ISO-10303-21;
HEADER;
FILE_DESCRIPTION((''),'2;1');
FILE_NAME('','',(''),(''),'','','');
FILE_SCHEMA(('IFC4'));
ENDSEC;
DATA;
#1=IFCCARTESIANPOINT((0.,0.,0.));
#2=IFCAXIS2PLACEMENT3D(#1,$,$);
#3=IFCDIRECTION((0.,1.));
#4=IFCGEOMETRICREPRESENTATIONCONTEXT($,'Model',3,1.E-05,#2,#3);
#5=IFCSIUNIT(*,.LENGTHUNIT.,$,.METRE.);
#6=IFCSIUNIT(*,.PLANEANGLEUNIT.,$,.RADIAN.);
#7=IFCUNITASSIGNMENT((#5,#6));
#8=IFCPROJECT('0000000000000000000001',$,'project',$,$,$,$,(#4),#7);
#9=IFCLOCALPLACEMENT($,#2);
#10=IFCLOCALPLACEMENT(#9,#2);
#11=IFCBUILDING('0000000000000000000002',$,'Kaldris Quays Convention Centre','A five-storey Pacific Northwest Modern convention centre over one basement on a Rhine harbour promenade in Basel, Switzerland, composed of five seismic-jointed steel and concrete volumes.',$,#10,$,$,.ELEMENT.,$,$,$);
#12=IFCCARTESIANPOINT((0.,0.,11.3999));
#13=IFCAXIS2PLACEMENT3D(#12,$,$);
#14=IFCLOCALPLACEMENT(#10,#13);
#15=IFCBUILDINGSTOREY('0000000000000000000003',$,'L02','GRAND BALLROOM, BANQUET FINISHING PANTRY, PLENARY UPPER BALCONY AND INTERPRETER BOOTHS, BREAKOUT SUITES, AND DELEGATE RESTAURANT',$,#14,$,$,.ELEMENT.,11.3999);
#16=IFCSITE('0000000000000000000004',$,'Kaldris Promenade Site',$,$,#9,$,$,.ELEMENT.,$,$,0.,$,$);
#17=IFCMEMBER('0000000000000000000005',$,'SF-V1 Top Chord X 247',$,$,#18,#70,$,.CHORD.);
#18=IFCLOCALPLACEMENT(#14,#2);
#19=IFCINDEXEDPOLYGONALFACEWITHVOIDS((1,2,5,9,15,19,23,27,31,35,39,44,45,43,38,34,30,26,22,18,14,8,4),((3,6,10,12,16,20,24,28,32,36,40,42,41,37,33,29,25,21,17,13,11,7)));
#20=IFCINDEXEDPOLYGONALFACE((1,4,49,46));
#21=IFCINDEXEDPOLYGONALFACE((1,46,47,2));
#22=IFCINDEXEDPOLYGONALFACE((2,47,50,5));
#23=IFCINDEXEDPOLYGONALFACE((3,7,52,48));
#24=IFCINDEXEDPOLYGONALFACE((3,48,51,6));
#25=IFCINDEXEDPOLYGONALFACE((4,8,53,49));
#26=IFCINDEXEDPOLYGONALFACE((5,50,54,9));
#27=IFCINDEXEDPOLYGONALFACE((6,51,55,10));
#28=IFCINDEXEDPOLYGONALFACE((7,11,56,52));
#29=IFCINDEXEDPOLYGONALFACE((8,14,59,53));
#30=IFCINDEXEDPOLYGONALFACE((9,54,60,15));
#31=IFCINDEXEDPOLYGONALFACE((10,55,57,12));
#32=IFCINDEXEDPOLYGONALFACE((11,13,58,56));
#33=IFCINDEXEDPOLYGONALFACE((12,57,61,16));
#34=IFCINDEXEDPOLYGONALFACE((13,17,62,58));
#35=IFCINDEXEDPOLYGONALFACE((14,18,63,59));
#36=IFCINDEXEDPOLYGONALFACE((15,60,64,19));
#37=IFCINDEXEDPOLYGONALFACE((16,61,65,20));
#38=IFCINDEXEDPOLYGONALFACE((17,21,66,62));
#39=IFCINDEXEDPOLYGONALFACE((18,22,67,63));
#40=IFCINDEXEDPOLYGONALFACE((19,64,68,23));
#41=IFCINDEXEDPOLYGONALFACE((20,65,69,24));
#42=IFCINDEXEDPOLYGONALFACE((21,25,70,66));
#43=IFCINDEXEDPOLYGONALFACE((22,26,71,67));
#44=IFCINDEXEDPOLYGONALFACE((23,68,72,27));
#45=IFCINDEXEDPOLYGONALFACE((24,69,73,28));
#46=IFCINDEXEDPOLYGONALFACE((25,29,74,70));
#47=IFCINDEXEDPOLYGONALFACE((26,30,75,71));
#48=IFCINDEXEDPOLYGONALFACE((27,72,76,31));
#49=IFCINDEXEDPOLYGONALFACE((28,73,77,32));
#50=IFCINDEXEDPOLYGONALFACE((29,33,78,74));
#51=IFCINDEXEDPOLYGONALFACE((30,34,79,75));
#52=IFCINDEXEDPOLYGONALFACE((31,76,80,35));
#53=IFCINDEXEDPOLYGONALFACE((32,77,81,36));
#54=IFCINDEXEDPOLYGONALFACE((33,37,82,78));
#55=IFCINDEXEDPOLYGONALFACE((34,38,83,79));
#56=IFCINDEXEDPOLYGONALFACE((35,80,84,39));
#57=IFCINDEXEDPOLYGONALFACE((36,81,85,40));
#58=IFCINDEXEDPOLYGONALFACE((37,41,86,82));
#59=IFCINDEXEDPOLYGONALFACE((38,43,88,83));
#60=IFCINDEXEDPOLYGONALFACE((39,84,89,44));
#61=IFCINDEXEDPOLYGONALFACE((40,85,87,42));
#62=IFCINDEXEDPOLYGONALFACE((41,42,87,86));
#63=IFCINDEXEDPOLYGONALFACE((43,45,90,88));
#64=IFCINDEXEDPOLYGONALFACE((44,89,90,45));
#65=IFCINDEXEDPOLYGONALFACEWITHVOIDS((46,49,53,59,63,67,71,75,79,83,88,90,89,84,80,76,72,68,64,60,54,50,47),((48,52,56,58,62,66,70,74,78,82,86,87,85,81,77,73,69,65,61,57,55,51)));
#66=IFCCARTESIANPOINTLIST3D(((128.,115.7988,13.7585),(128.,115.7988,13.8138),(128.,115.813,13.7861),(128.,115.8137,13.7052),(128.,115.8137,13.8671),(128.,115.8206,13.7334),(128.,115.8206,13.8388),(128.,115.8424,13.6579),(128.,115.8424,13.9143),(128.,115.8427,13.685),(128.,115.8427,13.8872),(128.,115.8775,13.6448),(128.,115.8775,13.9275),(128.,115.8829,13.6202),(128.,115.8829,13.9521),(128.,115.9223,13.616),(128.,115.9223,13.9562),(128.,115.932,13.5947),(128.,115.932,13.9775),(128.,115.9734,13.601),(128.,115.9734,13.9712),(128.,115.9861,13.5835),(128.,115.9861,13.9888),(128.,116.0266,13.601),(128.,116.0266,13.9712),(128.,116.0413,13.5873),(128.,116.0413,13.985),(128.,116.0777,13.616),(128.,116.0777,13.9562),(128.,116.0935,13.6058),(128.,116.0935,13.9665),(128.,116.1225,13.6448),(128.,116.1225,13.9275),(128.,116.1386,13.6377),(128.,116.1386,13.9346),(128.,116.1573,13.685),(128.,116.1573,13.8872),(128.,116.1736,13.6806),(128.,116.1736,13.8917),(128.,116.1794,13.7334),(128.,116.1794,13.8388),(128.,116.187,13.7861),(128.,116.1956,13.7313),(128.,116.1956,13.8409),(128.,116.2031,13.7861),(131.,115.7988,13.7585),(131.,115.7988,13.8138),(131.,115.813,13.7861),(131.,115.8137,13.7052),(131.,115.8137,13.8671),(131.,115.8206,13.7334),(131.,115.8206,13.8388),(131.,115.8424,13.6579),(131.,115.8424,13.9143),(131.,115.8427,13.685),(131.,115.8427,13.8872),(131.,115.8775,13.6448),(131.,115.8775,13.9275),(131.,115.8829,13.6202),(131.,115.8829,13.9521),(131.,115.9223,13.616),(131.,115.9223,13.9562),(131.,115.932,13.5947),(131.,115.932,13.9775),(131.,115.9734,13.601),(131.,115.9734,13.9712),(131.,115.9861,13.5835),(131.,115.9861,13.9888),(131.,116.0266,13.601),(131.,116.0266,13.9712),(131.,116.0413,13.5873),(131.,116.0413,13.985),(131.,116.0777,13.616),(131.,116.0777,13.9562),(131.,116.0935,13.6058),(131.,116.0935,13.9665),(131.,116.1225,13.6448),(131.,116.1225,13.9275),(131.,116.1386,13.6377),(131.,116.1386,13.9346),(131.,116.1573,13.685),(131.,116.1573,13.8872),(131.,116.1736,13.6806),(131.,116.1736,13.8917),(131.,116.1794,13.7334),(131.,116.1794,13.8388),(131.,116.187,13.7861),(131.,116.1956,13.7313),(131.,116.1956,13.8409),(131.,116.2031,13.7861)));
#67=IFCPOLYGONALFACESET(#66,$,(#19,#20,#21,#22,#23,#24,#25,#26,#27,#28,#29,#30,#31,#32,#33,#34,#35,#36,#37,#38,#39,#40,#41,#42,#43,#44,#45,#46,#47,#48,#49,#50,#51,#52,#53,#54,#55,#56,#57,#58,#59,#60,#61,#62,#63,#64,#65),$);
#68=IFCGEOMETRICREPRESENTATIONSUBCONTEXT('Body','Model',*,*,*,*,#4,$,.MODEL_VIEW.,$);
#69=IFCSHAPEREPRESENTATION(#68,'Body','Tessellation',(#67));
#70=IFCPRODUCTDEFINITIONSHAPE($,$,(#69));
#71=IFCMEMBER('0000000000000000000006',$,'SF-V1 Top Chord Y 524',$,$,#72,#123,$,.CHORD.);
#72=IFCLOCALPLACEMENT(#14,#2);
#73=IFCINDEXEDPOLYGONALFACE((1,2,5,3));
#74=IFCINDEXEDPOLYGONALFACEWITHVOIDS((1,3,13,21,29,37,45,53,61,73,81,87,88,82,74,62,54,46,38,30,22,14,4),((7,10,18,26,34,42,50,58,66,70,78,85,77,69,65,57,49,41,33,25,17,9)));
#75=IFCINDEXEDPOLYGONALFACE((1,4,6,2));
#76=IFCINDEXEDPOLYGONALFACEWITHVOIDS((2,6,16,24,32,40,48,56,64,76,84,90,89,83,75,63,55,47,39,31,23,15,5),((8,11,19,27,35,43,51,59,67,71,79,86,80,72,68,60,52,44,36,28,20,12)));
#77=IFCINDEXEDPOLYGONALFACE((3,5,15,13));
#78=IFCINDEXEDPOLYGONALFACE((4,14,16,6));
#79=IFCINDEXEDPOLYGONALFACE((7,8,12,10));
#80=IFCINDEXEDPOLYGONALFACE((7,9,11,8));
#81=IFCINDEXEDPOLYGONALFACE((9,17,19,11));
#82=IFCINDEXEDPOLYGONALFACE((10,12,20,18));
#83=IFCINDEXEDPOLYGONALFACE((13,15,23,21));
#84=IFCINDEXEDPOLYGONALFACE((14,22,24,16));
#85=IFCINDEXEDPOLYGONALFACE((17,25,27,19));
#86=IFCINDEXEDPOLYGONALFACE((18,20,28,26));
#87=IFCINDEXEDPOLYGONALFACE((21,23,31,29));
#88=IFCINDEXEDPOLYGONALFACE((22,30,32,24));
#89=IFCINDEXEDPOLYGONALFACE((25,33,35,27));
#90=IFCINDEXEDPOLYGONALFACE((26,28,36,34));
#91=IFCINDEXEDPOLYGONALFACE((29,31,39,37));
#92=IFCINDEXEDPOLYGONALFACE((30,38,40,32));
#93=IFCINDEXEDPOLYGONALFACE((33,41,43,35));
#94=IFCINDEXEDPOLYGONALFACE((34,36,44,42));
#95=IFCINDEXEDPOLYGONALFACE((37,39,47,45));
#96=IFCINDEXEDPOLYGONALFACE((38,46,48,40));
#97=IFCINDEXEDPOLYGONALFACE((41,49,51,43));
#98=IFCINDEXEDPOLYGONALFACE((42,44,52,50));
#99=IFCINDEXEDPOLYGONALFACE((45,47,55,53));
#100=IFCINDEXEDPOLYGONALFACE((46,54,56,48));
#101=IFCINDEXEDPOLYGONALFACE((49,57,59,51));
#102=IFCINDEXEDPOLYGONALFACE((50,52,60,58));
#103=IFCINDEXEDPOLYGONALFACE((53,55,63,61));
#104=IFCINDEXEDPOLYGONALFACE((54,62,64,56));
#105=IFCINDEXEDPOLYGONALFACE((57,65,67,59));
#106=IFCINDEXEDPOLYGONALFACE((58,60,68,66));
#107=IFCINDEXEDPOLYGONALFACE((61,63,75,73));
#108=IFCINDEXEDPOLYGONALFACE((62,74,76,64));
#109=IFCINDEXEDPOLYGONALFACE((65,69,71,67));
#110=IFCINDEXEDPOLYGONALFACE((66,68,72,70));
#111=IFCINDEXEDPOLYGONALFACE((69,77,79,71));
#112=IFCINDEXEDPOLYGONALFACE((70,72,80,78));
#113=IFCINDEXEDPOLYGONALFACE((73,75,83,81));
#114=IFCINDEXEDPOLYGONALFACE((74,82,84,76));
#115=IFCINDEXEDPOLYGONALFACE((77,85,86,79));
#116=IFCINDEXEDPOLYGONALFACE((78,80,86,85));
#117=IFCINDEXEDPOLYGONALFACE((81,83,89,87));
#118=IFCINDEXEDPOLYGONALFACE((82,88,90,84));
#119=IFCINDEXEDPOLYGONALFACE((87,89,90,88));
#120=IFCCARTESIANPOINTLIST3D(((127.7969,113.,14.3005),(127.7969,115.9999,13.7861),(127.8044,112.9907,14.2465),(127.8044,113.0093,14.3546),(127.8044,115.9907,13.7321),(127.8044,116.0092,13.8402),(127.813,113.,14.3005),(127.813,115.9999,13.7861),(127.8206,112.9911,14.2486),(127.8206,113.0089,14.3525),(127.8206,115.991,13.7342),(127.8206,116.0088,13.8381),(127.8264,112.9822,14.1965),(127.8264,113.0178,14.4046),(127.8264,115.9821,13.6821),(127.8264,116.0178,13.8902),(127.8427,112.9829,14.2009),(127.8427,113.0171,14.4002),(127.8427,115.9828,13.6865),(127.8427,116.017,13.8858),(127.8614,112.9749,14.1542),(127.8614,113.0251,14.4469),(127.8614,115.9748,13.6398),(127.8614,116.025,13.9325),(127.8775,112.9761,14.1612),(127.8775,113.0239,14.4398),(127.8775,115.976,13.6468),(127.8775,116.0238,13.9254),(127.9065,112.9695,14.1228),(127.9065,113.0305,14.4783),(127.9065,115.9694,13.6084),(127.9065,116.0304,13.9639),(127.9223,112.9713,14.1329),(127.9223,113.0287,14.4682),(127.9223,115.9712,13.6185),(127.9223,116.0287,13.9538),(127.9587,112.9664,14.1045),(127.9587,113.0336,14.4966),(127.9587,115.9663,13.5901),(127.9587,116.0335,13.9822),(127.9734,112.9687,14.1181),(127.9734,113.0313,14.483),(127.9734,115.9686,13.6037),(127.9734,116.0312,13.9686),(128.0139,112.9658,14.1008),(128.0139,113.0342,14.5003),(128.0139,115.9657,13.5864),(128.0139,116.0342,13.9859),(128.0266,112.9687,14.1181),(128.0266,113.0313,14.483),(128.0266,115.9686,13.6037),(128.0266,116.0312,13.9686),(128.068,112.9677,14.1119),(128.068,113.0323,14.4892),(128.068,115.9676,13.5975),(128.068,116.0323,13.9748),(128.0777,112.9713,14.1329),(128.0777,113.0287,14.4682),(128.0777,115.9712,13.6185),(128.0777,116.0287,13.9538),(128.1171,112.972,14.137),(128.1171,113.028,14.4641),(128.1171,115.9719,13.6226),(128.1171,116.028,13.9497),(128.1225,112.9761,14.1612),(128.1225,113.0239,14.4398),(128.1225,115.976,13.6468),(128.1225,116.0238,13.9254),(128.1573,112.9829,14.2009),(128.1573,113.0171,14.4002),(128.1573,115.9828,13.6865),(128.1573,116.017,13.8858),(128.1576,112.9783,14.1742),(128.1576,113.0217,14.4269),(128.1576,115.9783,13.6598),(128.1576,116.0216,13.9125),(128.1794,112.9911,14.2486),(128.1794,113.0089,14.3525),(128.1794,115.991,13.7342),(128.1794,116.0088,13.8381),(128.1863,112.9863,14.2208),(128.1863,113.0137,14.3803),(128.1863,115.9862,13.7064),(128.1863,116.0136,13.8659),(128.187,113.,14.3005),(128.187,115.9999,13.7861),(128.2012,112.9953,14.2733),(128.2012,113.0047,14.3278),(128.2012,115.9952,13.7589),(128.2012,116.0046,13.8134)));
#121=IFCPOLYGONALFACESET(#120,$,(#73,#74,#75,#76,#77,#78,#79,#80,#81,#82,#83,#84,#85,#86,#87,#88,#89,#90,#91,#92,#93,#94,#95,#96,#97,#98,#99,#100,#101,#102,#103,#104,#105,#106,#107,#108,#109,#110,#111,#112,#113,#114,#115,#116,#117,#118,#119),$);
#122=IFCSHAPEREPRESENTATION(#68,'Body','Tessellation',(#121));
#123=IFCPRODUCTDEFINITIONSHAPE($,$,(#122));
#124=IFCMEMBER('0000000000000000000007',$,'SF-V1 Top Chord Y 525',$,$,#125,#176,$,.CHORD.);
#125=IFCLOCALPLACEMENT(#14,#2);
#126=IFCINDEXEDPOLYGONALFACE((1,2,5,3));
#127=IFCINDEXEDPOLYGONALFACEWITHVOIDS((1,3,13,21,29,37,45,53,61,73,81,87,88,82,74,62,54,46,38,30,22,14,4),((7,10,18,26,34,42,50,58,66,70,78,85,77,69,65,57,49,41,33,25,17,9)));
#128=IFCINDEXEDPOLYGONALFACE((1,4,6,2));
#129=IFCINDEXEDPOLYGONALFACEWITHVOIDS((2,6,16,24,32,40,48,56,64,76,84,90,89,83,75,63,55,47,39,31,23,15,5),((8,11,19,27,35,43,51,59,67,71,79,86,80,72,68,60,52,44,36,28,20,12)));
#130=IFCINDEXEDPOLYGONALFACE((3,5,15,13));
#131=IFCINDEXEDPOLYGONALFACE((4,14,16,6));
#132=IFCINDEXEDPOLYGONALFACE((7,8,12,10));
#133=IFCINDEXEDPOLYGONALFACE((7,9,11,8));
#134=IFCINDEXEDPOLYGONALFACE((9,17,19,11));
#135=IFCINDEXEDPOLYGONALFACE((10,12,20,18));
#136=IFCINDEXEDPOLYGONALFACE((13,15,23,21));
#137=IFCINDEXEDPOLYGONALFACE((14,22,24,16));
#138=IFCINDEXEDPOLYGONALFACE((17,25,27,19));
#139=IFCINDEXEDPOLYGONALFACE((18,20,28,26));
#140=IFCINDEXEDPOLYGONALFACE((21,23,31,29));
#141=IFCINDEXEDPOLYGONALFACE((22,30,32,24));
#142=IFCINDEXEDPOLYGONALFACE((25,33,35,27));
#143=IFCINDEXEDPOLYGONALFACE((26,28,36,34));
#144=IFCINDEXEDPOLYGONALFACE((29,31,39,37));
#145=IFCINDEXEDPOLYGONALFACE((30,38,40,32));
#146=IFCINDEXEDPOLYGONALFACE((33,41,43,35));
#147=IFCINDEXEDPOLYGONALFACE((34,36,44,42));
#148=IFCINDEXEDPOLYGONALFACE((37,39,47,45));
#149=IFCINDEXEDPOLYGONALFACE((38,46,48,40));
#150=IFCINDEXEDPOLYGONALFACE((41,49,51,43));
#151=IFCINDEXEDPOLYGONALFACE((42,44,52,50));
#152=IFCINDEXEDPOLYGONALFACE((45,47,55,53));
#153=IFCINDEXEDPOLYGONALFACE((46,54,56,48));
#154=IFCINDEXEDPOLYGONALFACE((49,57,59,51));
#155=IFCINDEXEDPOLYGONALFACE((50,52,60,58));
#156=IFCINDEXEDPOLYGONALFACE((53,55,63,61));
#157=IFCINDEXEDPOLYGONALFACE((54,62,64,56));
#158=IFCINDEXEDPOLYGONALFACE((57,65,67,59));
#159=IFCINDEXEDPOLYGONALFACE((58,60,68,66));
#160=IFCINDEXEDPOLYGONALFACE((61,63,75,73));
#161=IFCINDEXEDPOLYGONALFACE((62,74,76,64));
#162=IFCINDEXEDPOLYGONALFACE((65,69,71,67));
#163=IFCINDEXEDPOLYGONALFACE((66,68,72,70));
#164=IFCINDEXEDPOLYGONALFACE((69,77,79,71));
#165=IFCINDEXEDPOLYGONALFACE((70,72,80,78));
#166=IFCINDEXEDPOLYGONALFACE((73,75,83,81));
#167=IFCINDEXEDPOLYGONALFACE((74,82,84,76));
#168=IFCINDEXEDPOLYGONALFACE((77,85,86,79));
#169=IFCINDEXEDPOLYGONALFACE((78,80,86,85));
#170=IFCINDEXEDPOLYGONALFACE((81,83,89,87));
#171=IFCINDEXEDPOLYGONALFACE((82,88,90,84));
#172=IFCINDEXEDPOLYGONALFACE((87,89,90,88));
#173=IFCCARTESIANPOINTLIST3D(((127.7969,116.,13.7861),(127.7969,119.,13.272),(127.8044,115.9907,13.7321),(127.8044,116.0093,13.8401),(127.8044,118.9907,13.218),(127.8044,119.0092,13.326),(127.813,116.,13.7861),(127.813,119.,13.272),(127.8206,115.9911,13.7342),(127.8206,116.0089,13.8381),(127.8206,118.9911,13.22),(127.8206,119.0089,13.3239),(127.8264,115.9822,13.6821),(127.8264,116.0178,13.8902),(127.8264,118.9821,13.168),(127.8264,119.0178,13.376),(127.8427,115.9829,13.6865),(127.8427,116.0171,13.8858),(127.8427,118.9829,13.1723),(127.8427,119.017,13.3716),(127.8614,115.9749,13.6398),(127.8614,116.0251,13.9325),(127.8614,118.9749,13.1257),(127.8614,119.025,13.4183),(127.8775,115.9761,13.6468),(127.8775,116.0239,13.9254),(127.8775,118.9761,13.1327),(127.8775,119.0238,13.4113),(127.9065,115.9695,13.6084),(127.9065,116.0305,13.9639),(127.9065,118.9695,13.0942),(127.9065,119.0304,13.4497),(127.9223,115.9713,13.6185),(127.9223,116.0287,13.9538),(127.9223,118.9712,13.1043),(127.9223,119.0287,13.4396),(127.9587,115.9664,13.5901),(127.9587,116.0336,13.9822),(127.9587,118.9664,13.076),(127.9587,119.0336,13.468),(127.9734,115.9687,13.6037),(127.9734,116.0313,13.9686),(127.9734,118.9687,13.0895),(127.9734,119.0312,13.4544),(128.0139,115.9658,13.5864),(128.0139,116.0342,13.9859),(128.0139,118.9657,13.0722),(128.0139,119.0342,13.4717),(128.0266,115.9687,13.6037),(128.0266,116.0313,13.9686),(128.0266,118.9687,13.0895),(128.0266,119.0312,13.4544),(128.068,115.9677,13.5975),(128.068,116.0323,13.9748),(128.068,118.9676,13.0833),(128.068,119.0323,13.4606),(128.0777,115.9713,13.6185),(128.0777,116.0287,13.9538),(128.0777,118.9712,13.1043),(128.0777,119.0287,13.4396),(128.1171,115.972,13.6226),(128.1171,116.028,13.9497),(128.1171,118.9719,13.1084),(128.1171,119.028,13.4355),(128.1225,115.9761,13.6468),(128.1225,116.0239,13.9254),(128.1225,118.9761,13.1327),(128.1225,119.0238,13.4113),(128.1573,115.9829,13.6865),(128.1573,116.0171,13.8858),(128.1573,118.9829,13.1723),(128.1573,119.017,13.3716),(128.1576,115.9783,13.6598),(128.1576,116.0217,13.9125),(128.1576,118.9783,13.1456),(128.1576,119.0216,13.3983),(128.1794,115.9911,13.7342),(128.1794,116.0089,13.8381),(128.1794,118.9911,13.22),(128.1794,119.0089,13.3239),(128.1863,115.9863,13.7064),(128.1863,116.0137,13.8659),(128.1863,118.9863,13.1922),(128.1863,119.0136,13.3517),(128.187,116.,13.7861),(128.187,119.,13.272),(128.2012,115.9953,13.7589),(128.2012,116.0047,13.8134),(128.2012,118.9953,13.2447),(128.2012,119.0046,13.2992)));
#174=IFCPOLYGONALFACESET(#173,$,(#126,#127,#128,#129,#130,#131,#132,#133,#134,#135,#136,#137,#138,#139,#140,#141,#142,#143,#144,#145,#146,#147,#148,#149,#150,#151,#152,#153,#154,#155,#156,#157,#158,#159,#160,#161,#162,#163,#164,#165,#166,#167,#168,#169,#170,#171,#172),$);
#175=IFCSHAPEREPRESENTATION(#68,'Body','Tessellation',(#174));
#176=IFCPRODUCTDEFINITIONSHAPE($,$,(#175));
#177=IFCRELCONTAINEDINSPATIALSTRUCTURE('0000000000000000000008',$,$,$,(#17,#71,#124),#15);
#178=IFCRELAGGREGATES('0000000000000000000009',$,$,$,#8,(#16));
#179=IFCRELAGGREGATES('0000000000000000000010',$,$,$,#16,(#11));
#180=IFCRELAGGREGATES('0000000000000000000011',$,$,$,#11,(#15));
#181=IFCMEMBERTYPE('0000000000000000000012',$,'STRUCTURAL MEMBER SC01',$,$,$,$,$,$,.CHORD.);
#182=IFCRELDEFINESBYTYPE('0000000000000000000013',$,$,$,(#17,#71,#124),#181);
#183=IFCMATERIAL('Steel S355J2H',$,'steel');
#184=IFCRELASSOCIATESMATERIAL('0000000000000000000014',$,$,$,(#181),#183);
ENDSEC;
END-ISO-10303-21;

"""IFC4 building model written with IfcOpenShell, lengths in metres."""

from ifc_helpers import new_model, si_unit, direction, frame, origin, origin_2d, place, context, subcontext, project, spatial, hollow_circle, extrude, material, material_profile, profile_set, type_object, element, save


model = new_model("IFC4")

# Units and contexts
model_context = context("Model", 3, precision=1e-05, world=origin(), true_north=direction((0.0, 1.0)))
body_context = subcontext(model_context, "Body", "Model", "MODEL_VIEW")
ifc_project = project(units=[si_unit("LENGTHUNIT", "METRE"), si_unit("PLANEANGLEUNIT", "RADIAN")], contexts=[model_context])

# Site, building, storey
site_placement = place(None, origin())
site = spatial("IfcSite", under=ifc_project, at=site_placement, Name="Kaldris Promenade Site", CompositionType="ELEMENT", RefElevation=0.0)
building_placement = place(site_placement, origin())
building = spatial("IfcBuilding", under=site, at=building_placement, Name="Kaldris Quays Convention Centre", Description="A five-storey Pacific Northwest Modern convention centre over one basement on a Rhine harbour promenade in Basel, Switzerland, composed of five seismic-jointed steel and concrete volumes.", CompositionType="ELEMENT")
storey_placement = place(building_placement, frame((0.0, 0.0, 11.3999)))
storey = spatial("IfcBuildingStorey", under=building, at=storey_placement, Name="L02", Description="GRAND BALLROOM, BANQUET FINISHING PANTRY, PLENARY UPPER BALCONY AND INTERPRETER BOOTHS, BREAKOUT SUITES, AND DELEGATE RESTAURANT", CompositionType="ELEMENT", Elevation=11.3999)

# Members
ifc_material_1 = material(Name="Steel S355J2H", Category="steel")
ifc_material_profile_1 = material_profile(ifc_material_1, hollow_circle(Radius=0.2031, WallThickness=0.0161, at=origin_2d()), Name="CHS 406.4x16")
ifc_profile_set_1 = profile_set([ifc_material_profile_1], Name="Steel S355J2H")
member_type_1 = type_object("IfcMemberType", Name="STRUCTURAL MEMBER SC01", PredefinedType="CHORD", material=ifc_profile_set_1)
for number, where, z_axis, x_axis, name in (
    (1, (128.0, 116.0, 13.7861), (1.0, 0.0, 0.0), (0.0, 1.0, 0.0), "SF-V1 Top Chord X 247"),
):
    element("IfcMember", number, at=place(storey_placement, frame(where, z_axis=z_axis, x_axis=x_axis)), inside=storey, type_object=member_type_1, Name=name, PredefinedType="CHORD", context=body_context, shape_type="SweptSolid", body=[
        extrude(hollow_circle(Radius=0.2031, WallThickness=0.0161, at=origin_2d()), origin(), (0.0, 0.0, 1.0), 3.0),
    ])
for number, where, z_axis, x_axis, name in (
    (2, (128.0, 113.0, 14.3005), (0.0, 0.985616, -0.169002), (-1.0, 0.0, 0.0), "SF-V1 Top Chord Y 524"),
    (3, (128.0, 116.0, 13.7861), (0.0, 0.985629, -0.168924), (-1.0, 0.0, 0.0), "SF-V1 Top Chord Y 525"),
):
    element("IfcMember", number, at=place(storey_placement, frame(where, z_axis=z_axis, x_axis=x_axis)), inside=storey, type_object=member_type_1, Name=name, PredefinedType="CHORD", context=body_context, shape_type="SweptSolid", body=[
        extrude(hollow_circle(Radius=0.2031, WallThickness=0.0161, at=origin_2d()), origin(), (0.0, 0.0, 1.0), 3.0437),
    ])

save(model, "model.ifc")
